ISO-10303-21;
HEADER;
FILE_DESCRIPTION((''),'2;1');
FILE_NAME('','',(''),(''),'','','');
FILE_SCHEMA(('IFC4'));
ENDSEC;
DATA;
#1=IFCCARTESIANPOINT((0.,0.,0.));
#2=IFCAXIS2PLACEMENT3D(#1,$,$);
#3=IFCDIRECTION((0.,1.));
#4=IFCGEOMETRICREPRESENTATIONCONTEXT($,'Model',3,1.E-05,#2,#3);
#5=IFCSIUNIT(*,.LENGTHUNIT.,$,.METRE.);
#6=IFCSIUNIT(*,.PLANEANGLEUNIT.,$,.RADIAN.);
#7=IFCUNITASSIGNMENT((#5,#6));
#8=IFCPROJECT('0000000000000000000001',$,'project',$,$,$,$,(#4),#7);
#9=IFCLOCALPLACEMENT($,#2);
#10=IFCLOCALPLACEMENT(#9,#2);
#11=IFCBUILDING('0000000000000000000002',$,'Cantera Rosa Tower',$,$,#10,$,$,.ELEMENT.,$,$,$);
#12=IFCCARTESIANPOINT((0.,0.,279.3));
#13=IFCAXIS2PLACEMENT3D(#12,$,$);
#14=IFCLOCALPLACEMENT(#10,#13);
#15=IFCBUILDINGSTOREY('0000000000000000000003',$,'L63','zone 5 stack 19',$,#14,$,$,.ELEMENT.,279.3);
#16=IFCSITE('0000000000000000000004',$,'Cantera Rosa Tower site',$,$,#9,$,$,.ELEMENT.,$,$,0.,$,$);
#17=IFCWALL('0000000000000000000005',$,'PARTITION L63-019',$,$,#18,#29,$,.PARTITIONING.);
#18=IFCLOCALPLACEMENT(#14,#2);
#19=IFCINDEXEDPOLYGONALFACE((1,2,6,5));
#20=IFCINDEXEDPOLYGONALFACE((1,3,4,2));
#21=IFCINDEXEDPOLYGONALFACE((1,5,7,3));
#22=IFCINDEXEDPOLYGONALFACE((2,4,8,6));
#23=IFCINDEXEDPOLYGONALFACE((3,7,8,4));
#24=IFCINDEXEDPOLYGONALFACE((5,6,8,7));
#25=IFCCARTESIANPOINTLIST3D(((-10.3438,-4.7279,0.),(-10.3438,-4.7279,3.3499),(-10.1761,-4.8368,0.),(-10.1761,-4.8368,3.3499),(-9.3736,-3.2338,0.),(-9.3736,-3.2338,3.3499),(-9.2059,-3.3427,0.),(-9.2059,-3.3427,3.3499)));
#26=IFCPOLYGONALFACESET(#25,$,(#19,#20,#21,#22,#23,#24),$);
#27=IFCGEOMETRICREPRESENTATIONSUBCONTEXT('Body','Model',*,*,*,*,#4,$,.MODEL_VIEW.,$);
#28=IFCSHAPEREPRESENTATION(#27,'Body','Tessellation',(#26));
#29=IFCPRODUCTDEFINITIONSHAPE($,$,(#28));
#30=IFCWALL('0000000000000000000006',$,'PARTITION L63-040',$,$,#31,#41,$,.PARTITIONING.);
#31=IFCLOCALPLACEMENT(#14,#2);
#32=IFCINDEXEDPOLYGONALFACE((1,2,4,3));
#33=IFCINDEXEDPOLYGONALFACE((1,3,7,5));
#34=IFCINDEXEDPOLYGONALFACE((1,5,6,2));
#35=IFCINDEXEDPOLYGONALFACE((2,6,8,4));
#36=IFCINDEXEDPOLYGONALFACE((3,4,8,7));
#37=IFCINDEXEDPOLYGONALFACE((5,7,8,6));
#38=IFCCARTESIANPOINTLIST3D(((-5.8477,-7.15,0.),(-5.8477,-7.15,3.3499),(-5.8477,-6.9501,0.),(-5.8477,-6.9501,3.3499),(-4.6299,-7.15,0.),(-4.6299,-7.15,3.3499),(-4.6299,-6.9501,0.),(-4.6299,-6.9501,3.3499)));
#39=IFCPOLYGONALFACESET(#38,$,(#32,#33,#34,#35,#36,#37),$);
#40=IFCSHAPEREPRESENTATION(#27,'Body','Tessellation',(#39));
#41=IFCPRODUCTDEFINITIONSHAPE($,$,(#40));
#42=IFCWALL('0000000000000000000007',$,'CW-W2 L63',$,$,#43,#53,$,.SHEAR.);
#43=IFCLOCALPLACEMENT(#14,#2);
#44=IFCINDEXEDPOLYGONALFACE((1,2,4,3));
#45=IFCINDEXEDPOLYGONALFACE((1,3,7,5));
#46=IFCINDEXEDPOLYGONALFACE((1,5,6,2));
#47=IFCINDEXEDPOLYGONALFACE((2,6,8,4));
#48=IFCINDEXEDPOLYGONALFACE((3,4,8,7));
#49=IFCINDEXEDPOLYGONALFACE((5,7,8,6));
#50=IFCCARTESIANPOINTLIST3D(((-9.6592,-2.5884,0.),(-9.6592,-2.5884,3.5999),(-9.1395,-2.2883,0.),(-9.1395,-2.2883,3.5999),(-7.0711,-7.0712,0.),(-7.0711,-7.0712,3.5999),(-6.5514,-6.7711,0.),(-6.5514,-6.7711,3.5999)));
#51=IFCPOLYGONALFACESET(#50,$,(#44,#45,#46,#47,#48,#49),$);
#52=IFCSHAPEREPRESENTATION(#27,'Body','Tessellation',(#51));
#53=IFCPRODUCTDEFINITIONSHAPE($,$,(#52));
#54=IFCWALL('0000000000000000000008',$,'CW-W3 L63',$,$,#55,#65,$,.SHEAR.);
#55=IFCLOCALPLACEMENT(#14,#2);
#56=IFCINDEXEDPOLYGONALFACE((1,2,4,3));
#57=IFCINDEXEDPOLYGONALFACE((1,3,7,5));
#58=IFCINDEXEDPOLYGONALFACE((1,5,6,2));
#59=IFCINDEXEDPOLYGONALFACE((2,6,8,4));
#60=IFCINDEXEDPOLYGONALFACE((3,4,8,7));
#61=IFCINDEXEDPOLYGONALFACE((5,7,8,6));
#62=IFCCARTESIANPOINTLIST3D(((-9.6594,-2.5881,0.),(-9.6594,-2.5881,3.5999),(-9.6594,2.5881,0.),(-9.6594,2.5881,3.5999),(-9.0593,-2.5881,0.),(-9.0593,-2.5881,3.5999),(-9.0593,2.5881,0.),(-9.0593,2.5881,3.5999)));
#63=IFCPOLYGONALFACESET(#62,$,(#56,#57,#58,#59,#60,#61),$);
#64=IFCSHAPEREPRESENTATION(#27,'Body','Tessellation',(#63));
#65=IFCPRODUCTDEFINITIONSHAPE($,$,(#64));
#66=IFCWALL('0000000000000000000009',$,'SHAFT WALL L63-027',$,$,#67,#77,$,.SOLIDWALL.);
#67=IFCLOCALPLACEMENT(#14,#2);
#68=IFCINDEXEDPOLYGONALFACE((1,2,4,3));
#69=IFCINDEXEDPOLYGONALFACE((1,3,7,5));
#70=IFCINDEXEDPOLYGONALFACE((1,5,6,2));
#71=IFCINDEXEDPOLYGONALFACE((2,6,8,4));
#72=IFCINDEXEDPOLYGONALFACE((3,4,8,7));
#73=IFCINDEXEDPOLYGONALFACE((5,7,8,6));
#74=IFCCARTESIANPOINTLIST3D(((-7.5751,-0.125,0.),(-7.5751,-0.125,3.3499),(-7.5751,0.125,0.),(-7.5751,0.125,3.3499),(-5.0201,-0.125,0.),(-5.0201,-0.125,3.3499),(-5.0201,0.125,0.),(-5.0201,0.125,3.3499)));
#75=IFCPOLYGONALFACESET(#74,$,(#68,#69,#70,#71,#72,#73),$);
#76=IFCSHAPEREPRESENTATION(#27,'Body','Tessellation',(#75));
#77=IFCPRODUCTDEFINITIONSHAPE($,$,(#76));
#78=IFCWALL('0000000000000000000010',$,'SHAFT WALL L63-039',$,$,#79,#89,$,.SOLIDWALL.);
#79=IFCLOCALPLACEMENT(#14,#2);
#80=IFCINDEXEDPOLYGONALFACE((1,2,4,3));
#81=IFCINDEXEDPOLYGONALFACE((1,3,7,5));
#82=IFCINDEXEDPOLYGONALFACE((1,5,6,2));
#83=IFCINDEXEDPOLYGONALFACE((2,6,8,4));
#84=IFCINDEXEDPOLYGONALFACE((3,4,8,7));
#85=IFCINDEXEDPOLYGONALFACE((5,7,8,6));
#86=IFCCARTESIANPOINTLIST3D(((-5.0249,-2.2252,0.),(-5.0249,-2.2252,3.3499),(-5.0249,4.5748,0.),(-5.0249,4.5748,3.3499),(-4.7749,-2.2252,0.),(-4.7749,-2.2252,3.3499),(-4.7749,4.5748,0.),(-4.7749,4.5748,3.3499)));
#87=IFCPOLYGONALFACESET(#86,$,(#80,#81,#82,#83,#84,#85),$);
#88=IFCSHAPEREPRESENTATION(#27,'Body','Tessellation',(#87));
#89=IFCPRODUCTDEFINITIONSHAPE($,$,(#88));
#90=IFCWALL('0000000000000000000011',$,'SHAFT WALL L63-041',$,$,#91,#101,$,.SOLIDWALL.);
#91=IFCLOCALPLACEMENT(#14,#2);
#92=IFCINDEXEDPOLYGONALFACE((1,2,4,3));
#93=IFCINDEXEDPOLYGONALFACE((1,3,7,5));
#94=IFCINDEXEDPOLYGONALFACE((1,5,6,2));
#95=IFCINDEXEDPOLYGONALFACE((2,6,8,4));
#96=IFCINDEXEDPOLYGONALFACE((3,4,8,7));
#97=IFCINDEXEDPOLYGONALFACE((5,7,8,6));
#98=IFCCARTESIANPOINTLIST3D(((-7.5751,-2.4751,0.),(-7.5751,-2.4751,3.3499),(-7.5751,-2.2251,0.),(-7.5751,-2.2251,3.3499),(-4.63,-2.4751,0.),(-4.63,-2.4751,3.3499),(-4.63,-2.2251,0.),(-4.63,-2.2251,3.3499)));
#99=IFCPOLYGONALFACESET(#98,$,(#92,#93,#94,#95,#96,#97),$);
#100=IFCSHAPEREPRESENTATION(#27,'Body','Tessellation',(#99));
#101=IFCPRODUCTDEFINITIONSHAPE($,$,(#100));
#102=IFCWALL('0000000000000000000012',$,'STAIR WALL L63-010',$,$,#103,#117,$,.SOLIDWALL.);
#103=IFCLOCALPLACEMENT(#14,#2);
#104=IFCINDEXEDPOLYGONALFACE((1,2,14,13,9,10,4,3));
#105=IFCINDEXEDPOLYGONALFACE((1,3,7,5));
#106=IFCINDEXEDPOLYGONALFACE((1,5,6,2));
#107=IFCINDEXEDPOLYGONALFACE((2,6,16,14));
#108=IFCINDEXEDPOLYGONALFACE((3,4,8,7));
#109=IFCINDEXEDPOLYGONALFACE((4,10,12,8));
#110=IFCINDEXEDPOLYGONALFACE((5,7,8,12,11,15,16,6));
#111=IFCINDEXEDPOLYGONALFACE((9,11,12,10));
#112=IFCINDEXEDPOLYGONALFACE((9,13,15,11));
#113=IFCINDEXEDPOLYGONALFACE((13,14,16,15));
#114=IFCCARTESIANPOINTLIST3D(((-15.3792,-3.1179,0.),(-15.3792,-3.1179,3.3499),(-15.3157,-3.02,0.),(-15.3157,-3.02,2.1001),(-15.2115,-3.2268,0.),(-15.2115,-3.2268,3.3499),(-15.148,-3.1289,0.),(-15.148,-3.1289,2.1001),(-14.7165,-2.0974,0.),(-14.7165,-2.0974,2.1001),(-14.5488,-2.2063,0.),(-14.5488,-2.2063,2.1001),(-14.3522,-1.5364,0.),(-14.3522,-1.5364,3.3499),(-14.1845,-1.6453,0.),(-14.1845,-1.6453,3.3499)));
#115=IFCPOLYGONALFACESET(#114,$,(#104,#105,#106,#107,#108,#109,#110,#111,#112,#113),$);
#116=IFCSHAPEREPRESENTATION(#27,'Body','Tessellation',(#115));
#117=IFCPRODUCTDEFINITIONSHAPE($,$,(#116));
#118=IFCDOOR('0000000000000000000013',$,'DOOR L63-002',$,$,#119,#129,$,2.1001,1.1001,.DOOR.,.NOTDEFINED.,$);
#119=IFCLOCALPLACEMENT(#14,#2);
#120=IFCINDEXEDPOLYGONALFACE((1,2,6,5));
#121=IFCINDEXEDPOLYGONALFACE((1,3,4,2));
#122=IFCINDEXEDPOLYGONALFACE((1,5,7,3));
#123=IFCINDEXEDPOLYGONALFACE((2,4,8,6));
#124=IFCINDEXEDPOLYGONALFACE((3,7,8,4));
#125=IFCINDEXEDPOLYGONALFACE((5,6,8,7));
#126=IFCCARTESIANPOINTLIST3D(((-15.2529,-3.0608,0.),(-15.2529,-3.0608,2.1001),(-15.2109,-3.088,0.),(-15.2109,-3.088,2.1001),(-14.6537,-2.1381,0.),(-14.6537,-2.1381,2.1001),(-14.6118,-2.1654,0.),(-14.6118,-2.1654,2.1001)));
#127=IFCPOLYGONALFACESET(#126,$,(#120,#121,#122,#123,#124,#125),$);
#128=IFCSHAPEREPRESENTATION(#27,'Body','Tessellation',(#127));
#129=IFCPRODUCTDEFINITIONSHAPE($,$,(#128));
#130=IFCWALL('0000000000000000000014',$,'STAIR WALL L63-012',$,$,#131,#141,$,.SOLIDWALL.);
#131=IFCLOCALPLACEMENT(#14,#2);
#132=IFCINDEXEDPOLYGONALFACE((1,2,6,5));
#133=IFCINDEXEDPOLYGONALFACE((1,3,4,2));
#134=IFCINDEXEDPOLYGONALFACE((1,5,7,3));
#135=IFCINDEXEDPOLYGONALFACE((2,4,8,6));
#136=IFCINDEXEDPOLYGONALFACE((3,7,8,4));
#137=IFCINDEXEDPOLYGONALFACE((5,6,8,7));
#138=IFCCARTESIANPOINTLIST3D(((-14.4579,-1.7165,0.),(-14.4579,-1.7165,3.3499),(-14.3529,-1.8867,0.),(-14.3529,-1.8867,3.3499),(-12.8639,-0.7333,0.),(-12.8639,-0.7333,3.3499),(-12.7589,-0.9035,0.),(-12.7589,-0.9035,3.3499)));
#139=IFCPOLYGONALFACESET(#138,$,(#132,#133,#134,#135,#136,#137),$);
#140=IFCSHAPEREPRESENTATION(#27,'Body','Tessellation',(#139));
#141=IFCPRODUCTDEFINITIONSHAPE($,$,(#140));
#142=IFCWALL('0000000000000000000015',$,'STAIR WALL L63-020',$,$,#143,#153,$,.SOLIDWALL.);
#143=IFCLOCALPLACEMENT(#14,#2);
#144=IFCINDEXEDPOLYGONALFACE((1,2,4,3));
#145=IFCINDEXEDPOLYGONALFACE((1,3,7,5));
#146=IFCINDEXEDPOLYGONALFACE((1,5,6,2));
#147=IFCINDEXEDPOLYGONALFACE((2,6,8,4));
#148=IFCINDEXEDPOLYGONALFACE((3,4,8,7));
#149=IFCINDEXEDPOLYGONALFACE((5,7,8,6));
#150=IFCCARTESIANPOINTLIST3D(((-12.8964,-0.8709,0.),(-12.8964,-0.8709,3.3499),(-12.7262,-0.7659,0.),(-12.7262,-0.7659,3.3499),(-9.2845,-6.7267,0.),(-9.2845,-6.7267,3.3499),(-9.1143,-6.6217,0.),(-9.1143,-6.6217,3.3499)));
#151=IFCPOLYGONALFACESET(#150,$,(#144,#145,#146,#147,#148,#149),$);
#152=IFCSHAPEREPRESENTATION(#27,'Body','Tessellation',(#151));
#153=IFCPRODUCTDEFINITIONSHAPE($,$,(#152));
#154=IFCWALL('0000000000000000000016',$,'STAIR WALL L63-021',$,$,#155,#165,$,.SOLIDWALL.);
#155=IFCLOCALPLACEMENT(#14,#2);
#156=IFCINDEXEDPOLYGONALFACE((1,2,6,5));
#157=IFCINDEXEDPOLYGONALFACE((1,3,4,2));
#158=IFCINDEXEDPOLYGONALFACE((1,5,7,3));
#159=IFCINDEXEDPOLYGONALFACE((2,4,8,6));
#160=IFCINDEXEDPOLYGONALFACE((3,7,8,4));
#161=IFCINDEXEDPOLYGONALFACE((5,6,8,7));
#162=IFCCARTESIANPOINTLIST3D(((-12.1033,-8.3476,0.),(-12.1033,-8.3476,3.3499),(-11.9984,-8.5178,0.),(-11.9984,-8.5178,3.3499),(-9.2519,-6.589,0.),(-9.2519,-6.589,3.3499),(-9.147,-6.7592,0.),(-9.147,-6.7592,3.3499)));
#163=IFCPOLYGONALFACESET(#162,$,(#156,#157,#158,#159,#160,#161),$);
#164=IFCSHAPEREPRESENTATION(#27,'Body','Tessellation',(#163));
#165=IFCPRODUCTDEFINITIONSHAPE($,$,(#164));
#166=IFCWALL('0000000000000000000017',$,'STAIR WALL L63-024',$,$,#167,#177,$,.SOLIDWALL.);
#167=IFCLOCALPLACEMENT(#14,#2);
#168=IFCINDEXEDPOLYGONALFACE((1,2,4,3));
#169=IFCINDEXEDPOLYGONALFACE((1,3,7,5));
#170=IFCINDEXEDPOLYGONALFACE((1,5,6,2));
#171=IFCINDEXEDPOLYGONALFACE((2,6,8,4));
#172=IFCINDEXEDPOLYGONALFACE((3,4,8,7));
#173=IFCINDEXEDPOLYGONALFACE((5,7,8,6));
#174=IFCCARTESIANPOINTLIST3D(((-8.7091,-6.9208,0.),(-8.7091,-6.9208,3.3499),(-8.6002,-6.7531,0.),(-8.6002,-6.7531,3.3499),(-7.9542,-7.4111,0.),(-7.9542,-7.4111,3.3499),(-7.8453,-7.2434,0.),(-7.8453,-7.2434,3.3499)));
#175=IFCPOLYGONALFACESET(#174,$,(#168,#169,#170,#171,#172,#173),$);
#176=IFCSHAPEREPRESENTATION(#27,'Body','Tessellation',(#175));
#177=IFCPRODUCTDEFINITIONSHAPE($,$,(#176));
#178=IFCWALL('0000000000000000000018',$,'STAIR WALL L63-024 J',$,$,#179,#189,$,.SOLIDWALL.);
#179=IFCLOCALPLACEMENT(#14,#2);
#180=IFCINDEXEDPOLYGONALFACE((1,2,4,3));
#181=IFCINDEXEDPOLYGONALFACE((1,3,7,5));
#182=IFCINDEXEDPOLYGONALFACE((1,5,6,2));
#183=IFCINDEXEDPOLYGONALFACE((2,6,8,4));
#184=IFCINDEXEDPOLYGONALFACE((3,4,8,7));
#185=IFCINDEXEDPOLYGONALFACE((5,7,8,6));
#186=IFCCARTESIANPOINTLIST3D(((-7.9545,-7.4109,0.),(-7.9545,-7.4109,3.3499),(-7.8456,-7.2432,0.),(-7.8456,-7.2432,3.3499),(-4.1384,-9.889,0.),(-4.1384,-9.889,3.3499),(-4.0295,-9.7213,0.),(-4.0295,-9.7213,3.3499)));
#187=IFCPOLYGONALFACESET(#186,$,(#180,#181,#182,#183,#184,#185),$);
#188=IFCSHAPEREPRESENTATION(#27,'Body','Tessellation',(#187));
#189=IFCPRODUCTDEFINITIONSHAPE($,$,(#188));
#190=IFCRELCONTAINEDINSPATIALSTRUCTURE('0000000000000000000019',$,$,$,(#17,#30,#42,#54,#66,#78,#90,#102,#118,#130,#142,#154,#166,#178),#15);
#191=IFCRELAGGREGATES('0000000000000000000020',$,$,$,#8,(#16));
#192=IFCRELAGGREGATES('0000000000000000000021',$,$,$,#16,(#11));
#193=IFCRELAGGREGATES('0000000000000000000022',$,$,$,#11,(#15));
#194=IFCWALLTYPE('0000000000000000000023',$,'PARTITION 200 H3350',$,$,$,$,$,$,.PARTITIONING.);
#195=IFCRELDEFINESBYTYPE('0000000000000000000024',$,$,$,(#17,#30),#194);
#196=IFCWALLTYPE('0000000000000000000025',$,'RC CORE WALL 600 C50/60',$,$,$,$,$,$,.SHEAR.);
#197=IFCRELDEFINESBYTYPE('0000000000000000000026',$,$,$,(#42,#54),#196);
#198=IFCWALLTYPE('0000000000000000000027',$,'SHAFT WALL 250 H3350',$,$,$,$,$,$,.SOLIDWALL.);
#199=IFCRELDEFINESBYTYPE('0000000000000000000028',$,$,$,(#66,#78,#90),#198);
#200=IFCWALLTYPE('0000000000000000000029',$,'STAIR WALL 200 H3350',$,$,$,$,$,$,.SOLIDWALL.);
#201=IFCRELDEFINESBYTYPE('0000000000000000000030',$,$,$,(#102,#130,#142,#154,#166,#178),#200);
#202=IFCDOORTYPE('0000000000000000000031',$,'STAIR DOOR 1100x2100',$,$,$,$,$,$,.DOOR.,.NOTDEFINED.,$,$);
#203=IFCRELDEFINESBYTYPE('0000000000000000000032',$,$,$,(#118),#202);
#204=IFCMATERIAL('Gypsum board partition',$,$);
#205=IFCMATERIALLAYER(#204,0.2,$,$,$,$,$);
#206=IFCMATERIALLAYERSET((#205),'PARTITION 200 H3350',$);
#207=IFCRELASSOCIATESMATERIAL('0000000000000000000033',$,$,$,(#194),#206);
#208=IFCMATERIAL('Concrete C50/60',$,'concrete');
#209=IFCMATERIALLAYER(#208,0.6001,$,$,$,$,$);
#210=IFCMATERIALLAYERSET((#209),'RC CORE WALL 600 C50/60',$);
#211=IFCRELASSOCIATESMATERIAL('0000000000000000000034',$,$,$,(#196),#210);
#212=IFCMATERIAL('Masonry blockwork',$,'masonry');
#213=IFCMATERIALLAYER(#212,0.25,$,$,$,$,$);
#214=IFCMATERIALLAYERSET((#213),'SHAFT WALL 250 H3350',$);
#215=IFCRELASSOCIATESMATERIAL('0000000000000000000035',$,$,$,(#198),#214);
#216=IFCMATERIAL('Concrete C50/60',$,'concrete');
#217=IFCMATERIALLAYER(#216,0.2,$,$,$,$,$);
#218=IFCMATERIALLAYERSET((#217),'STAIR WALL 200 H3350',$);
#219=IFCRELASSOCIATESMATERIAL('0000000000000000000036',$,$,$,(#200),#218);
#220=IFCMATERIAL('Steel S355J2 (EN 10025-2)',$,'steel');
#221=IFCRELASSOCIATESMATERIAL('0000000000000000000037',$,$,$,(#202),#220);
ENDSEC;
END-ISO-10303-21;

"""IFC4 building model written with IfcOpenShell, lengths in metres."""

from ifc_helpers import new_model, si_unit, direction, frame, frame_2d, origin, place, context, subcontext, project, spatial, rectangle, extrude, material, layer, layer_set, type_object, element, fill, save


model = new_model("IFC4")

# Units and contexts
model_context = context("Model", 3, precision=1e-05, world=origin(), true_north=direction((0.0, 1.0)))
body_context = subcontext(model_context, "Body", "Model", "MODEL_VIEW")
ifc_project = project(units=[si_unit("LENGTHUNIT", "METRE"), si_unit("PLANEANGLEUNIT", "RADIAN")], contexts=[model_context])

# Site, building, storey
site_placement = place(None, origin())
site = spatial("IfcSite", under=ifc_project, at=site_placement, Name="Cantera Rosa Tower site", CompositionType="ELEMENT", RefElevation=0.0)
building_placement = place(site_placement, origin())
building = spatial("IfcBuilding", under=site, at=building_placement, Name="Cantera Rosa Tower", CompositionType="ELEMENT")
storey_placement = place(building_placement, frame((0.0, 0.0, 279.3)))
storey = spatial("IfcBuildingStorey", under=building, at=storey_placement, Name="L63", Description="zone 5 stack 19", CompositionType="ELEMENT", Elevation=279.3)

# Walls
ifc_material_1 = material(Name="Gypsum board partition")
ifc_layer_1 = layer(ifc_material_1, 0.2)
ifc_layer_set_1 = layer_set([ifc_layer_1], Name="PARTITION 200 H3350")
wall_type_1 = type_object("IfcWallType", Name="PARTITION 200 H3350", PredefinedType="PARTITIONING", material=ifc_layer_set_1)
wall_1_placement = place(storey_placement, frame((-9.2898, -3.2883, 0.0), z_axis=(0.0, 0.0, 1.0), x_axis=(-0.544603, -0.838694, 0.0)))
element("IfcWall", 1, at=wall_1_placement, inside=storey, type_object=wall_type_1, Name="PARTITION L63-019", PredefinedType="PARTITIONING", context=body_context, shape_type="SweptSolid", body=[
    extrude(rectangle(XDim=1.7815, YDim=0.2, at=frame_2d((0.8906, 0.0))), origin(), (0.0, 0.0, 1.0), 3.3499),
])
wall_2_placement = place(storey_placement, frame((-4.6299, -7.05, 0.0), z_axis=(0.0, 0.0, 1.0), x_axis=(-1.0, 0.0, 0.0)))
element("IfcWall", 2, at=wall_2_placement, inside=storey, type_object=wall_type_1, Name="PARTITION L63-040", PredefinedType="PARTITIONING", context=body_context, shape_type="SweptSolid", body=[
    extrude(rectangle(XDim=1.2178, YDim=0.2, at=frame_2d((0.6089, 0.0))), origin(), (0.0, 0.0, 1.0), 3.3499),
])
ifc_material_2 = material(Name="Concrete C50/60", Category="concrete")
ifc_layer_2 = layer(ifc_material_2, 0.6001)
ifc_layer_set_2 = layer_set([ifc_layer_2], Name="RC CORE WALL 600 C50/60")
wall_type_2 = type_object("IfcWallType", Name="RC CORE WALL 600 C50/60", PredefinedType="SHEAR", material=ifc_layer_set_2)
for number, where, z_axis, x_axis, name in (
    (3, (-6.8113, -6.9211, 0.0), (0.0, 0.0, 1.0), (-0.499989, 0.866032, 0.0), "CW-W2 L63"),
    (4, (-9.3594, -2.5881, 0.0), (0.0, 0.0, 1.0), (0.0, 1.0, 0.0), "CW-W3 L63"),
):
    element("IfcWall", number, at=place(storey_placement, frame(where, z_axis=z_axis, x_axis=x_axis)), inside=storey, type_object=wall_type_2, Name=name, PredefinedType="SHEAR", context=body_context, shape_type="SweptSolid", body=[
        extrude(rectangle(XDim=5.1763, YDim=0.6001, at=frame_2d((2.5881, 0.0))), origin(), (0.0, 0.0, 1.0), 3.5999),
    ])
ifc_material_3 = material(Name="Masonry blockwork", Category="masonry")
ifc_layer_3 = layer(ifc_material_3, 0.25)
ifc_layer_set_3 = layer_set([ifc_layer_3], Name="SHAFT WALL 250 H3350")
wall_type_3 = type_object("IfcWallType", Name="SHAFT WALL 250 H3350", PredefinedType="SOLIDWALL", material=ifc_layer_set_3)
wall_3_placement = place(storey_placement, frame((-7.575, 0.0, 0.0), z_axis=(0.0, 0.0, 1.0), x_axis=(1.0, 0.0, 0.0)))
element("IfcWall", 5, at=wall_3_placement, inside=storey, type_object=wall_type_3, Name="SHAFT WALL L63-027", PredefinedType="SOLIDWALL", context=body_context, shape_type="SweptSolid", body=[
    extrude(rectangle(XDim=2.5549, YDim=0.25, at=frame_2d((1.2773, 0.0))), origin(), (0.0, 0.0, 1.0), 3.3499),
])
wall_4_placement = place(storey_placement, frame((-4.8999, -2.2251, 0.0), z_axis=(0.0, 0.0, 1.0), x_axis=(0.0, 1.0, 0.0)))
element("IfcWall", 6, at=wall_4_placement, inside=storey, type_object=wall_type_3, Name="SHAFT WALL L63-039", PredefinedType="SOLIDWALL", context=body_context, shape_type="SweptSolid", body=[
    extrude(rectangle(XDim=6.8, YDim=0.25, at=frame_2d((3.3999, 0.0))), origin(), (0.0, 0.0, 1.0), 3.3499),
])
wall_5_placement = place(storey_placement, frame((-4.6299, -2.3501, 0.0), z_axis=(0.0, 0.0, 1.0), x_axis=(-1.0, 0.0, 0.0)))
element("IfcWall", 7, at=wall_5_placement, inside=storey, type_object=wall_type_3, Name="SHAFT WALL L63-041", PredefinedType="SOLIDWALL", context=body_context, shape_type="SweptSolid", body=[
    extrude(rectangle(XDim=2.9451, YDim=0.25, at=frame_2d((1.4727, 0.0))), origin(), (0.0, 0.0, 1.0), 3.3499),
])

# Wall, opening, door
ifc_material_4 = material(Name="Concrete C50/60", Category="concrete")
ifc_layer_4 = layer(ifc_material_4, 0.2)
ifc_layer_set_4 = layer_set([ifc_layer_4], Name="STAIR WALL 200 H3350")
wall_type_4 = type_object("IfcWallType", Name="STAIR WALL 200 H3350", PredefinedType="SOLIDWALL", material=ifc_layer_set_4)
wall_6_placement = place(storey_placement, frame((-14.2683, -1.5908, 0.0), z_axis=(0.0, 0.0, 1.0), x_axis=(-0.544652, -0.838662, 0.0)))
wall_6 = element("IfcWall", 8, at=wall_6_placement, inside=storey, type_object=wall_type_4, Name="STAIR WALL L63-010", PredefinedType="SOLIDWALL", context=body_context, shape_type="SweptSolid", body=[
    extrude(rectangle(XDim=1.8857, YDim=0.2, at=frame_2d((0.9429, 0.0))), origin(), (0.0, 0.0, 1.0), 3.3499),
])
opening_placement = place(wall_6_placement, frame((0.6689, 0.0, 0.0)))
opening = element("IfcOpeningElement", 9, at=opening_placement, cuts=wall_6, PredefinedType="OPENING", context=body_context, shape_type="SweptSolid", body=[
    extrude(rectangle(XDim=1.1001, YDim=2.1001, at=frame_2d((0.55, 1.05))), frame((0.0, 0.1099, 0.0), z_axis=(0.0, -1.0, 0.0), x_axis=(1.0, 0.0, 0.0)), (0.0, 0.0, 1.0), 0.22),
])
ifc_material_5 = material(Name="Steel S355J2 (EN 10025-2)", Category="steel")
door_type = type_object("IfcDoorType", Name="STAIR DOOR 1100x2100", OperationType="NOTDEFINED", PredefinedType="DOOR", material=ifc_material_5)
door_placement = place(opening_placement, origin())
door = element("IfcDoor", 10, at=door_placement, inside=storey, type_object=door_type, Name="DOOR L63-002", OperationType="NOTDEFINED", OverallHeight=2.1001, OverallWidth=1.1001, PredefinedType="DOOR", context=body_context, shape_type="SweptSolid", body=[
    extrude(rectangle(XDim=1.1001, YDim=2.1001, at=frame_2d((0.55, 1.05))), frame((0.0, 0.0249, 0.0), z_axis=(0.0, -1.0, 0.0), x_axis=(1.0, 0.0, 0.0)), (0.0, 0.0, 1.0), 0.05),
])
fill(opening, door)

# Walls
wall_7_placement = place(storey_placement, frame((-12.8113, -0.8184, 0.0), z_axis=(0.0, 0.0, 1.0), x_axis=(-0.851125, -0.524963, 0.0)))
element("IfcWall", 11, at=wall_7_placement, inside=storey, type_object=wall_type_4, Name="STAIR WALL L63-012", PredefinedType="SOLIDWALL", context=body_context, shape_type="SweptSolid", body=[
    extrude(rectangle(XDim=1.8728, YDim=0.2, at=frame_2d((0.9365, 0.0))), origin(), (0.0, 0.0, 1.0), 3.3499),
])
wall_8_placement = place(storey_placement, frame((-9.1995, -6.6741, 0.0), z_axis=(0.0, 0.0, 1.0), x_axis=(-0.524972, 0.851119, 0.0)))
element("IfcWall", 12, at=wall_8_placement, inside=storey, type_object=wall_type_4, Name="STAIR WALL L63-020", PredefinedType="SOLIDWALL", context=body_context, shape_type="SweptSolid", body=[
    extrude(rectangle(XDim=6.8801, YDim=0.2, at=frame_2d((3.4399, 0.0))), origin(), (0.0, 0.0, 1.0), 3.3499),
])
wall_9_placement = place(storey_placement, frame((-9.1995, -6.6741, 0.0), z_axis=(0.0, 0.0, 1.0), x_axis=(-0.85114, -0.524939, 0.0)))
element("IfcWall", 13, at=wall_9_placement, inside=storey, type_object=wall_type_4, Name="STAIR WALL L63-021", PredefinedType="SOLIDWALL", context=body_context, shape_type="SweptSolid", body=[
    extrude(rectangle(XDim=3.3501, YDim=0.2, at=frame_2d((1.675, 0.0))), origin(), (0.0, 0.0, 1.0), 3.3499),
])
wall_10_placement = place(storey_placement, frame((-8.6548, -6.8369, 0.0), z_axis=(0.0, 0.0, 1.0), x_axis=(0.838667, -0.544645, 0.0)))
element("IfcWall", 14, at=wall_10_placement, inside=storey, type_object=wall_type_4, Name="STAIR WALL L63-024", PredefinedType="SOLIDWALL", context=body_context, shape_type="SweptSolid", body=[
    extrude(rectangle(XDim=0.9001, YDim=0.2, at=frame_2d((0.4502, 0.0))), origin(), (0.0, 0.0, 1.0), 3.3499),
])
wall_11_placement = place(storey_placement, frame((-7.8999, -7.3271, 0.0), z_axis=(0.0, 0.0, 1.0), x_axis=(0.838676, -0.54463, 0.0)))
element("IfcWall", 15, at=wall_11_placement, inside=storey, type_object=wall_type_4, Name="STAIR WALL L63-024 J", PredefinedType="SOLIDWALL", context=body_context, shape_type="SweptSolid", body=[
    extrude(rectangle(XDim=4.55, YDim=0.2, at=frame_2d((2.2749, 0.0))), origin(), (0.0, 0.0, 1.0), 3.3499),
])

save(model, "model.ifc")
